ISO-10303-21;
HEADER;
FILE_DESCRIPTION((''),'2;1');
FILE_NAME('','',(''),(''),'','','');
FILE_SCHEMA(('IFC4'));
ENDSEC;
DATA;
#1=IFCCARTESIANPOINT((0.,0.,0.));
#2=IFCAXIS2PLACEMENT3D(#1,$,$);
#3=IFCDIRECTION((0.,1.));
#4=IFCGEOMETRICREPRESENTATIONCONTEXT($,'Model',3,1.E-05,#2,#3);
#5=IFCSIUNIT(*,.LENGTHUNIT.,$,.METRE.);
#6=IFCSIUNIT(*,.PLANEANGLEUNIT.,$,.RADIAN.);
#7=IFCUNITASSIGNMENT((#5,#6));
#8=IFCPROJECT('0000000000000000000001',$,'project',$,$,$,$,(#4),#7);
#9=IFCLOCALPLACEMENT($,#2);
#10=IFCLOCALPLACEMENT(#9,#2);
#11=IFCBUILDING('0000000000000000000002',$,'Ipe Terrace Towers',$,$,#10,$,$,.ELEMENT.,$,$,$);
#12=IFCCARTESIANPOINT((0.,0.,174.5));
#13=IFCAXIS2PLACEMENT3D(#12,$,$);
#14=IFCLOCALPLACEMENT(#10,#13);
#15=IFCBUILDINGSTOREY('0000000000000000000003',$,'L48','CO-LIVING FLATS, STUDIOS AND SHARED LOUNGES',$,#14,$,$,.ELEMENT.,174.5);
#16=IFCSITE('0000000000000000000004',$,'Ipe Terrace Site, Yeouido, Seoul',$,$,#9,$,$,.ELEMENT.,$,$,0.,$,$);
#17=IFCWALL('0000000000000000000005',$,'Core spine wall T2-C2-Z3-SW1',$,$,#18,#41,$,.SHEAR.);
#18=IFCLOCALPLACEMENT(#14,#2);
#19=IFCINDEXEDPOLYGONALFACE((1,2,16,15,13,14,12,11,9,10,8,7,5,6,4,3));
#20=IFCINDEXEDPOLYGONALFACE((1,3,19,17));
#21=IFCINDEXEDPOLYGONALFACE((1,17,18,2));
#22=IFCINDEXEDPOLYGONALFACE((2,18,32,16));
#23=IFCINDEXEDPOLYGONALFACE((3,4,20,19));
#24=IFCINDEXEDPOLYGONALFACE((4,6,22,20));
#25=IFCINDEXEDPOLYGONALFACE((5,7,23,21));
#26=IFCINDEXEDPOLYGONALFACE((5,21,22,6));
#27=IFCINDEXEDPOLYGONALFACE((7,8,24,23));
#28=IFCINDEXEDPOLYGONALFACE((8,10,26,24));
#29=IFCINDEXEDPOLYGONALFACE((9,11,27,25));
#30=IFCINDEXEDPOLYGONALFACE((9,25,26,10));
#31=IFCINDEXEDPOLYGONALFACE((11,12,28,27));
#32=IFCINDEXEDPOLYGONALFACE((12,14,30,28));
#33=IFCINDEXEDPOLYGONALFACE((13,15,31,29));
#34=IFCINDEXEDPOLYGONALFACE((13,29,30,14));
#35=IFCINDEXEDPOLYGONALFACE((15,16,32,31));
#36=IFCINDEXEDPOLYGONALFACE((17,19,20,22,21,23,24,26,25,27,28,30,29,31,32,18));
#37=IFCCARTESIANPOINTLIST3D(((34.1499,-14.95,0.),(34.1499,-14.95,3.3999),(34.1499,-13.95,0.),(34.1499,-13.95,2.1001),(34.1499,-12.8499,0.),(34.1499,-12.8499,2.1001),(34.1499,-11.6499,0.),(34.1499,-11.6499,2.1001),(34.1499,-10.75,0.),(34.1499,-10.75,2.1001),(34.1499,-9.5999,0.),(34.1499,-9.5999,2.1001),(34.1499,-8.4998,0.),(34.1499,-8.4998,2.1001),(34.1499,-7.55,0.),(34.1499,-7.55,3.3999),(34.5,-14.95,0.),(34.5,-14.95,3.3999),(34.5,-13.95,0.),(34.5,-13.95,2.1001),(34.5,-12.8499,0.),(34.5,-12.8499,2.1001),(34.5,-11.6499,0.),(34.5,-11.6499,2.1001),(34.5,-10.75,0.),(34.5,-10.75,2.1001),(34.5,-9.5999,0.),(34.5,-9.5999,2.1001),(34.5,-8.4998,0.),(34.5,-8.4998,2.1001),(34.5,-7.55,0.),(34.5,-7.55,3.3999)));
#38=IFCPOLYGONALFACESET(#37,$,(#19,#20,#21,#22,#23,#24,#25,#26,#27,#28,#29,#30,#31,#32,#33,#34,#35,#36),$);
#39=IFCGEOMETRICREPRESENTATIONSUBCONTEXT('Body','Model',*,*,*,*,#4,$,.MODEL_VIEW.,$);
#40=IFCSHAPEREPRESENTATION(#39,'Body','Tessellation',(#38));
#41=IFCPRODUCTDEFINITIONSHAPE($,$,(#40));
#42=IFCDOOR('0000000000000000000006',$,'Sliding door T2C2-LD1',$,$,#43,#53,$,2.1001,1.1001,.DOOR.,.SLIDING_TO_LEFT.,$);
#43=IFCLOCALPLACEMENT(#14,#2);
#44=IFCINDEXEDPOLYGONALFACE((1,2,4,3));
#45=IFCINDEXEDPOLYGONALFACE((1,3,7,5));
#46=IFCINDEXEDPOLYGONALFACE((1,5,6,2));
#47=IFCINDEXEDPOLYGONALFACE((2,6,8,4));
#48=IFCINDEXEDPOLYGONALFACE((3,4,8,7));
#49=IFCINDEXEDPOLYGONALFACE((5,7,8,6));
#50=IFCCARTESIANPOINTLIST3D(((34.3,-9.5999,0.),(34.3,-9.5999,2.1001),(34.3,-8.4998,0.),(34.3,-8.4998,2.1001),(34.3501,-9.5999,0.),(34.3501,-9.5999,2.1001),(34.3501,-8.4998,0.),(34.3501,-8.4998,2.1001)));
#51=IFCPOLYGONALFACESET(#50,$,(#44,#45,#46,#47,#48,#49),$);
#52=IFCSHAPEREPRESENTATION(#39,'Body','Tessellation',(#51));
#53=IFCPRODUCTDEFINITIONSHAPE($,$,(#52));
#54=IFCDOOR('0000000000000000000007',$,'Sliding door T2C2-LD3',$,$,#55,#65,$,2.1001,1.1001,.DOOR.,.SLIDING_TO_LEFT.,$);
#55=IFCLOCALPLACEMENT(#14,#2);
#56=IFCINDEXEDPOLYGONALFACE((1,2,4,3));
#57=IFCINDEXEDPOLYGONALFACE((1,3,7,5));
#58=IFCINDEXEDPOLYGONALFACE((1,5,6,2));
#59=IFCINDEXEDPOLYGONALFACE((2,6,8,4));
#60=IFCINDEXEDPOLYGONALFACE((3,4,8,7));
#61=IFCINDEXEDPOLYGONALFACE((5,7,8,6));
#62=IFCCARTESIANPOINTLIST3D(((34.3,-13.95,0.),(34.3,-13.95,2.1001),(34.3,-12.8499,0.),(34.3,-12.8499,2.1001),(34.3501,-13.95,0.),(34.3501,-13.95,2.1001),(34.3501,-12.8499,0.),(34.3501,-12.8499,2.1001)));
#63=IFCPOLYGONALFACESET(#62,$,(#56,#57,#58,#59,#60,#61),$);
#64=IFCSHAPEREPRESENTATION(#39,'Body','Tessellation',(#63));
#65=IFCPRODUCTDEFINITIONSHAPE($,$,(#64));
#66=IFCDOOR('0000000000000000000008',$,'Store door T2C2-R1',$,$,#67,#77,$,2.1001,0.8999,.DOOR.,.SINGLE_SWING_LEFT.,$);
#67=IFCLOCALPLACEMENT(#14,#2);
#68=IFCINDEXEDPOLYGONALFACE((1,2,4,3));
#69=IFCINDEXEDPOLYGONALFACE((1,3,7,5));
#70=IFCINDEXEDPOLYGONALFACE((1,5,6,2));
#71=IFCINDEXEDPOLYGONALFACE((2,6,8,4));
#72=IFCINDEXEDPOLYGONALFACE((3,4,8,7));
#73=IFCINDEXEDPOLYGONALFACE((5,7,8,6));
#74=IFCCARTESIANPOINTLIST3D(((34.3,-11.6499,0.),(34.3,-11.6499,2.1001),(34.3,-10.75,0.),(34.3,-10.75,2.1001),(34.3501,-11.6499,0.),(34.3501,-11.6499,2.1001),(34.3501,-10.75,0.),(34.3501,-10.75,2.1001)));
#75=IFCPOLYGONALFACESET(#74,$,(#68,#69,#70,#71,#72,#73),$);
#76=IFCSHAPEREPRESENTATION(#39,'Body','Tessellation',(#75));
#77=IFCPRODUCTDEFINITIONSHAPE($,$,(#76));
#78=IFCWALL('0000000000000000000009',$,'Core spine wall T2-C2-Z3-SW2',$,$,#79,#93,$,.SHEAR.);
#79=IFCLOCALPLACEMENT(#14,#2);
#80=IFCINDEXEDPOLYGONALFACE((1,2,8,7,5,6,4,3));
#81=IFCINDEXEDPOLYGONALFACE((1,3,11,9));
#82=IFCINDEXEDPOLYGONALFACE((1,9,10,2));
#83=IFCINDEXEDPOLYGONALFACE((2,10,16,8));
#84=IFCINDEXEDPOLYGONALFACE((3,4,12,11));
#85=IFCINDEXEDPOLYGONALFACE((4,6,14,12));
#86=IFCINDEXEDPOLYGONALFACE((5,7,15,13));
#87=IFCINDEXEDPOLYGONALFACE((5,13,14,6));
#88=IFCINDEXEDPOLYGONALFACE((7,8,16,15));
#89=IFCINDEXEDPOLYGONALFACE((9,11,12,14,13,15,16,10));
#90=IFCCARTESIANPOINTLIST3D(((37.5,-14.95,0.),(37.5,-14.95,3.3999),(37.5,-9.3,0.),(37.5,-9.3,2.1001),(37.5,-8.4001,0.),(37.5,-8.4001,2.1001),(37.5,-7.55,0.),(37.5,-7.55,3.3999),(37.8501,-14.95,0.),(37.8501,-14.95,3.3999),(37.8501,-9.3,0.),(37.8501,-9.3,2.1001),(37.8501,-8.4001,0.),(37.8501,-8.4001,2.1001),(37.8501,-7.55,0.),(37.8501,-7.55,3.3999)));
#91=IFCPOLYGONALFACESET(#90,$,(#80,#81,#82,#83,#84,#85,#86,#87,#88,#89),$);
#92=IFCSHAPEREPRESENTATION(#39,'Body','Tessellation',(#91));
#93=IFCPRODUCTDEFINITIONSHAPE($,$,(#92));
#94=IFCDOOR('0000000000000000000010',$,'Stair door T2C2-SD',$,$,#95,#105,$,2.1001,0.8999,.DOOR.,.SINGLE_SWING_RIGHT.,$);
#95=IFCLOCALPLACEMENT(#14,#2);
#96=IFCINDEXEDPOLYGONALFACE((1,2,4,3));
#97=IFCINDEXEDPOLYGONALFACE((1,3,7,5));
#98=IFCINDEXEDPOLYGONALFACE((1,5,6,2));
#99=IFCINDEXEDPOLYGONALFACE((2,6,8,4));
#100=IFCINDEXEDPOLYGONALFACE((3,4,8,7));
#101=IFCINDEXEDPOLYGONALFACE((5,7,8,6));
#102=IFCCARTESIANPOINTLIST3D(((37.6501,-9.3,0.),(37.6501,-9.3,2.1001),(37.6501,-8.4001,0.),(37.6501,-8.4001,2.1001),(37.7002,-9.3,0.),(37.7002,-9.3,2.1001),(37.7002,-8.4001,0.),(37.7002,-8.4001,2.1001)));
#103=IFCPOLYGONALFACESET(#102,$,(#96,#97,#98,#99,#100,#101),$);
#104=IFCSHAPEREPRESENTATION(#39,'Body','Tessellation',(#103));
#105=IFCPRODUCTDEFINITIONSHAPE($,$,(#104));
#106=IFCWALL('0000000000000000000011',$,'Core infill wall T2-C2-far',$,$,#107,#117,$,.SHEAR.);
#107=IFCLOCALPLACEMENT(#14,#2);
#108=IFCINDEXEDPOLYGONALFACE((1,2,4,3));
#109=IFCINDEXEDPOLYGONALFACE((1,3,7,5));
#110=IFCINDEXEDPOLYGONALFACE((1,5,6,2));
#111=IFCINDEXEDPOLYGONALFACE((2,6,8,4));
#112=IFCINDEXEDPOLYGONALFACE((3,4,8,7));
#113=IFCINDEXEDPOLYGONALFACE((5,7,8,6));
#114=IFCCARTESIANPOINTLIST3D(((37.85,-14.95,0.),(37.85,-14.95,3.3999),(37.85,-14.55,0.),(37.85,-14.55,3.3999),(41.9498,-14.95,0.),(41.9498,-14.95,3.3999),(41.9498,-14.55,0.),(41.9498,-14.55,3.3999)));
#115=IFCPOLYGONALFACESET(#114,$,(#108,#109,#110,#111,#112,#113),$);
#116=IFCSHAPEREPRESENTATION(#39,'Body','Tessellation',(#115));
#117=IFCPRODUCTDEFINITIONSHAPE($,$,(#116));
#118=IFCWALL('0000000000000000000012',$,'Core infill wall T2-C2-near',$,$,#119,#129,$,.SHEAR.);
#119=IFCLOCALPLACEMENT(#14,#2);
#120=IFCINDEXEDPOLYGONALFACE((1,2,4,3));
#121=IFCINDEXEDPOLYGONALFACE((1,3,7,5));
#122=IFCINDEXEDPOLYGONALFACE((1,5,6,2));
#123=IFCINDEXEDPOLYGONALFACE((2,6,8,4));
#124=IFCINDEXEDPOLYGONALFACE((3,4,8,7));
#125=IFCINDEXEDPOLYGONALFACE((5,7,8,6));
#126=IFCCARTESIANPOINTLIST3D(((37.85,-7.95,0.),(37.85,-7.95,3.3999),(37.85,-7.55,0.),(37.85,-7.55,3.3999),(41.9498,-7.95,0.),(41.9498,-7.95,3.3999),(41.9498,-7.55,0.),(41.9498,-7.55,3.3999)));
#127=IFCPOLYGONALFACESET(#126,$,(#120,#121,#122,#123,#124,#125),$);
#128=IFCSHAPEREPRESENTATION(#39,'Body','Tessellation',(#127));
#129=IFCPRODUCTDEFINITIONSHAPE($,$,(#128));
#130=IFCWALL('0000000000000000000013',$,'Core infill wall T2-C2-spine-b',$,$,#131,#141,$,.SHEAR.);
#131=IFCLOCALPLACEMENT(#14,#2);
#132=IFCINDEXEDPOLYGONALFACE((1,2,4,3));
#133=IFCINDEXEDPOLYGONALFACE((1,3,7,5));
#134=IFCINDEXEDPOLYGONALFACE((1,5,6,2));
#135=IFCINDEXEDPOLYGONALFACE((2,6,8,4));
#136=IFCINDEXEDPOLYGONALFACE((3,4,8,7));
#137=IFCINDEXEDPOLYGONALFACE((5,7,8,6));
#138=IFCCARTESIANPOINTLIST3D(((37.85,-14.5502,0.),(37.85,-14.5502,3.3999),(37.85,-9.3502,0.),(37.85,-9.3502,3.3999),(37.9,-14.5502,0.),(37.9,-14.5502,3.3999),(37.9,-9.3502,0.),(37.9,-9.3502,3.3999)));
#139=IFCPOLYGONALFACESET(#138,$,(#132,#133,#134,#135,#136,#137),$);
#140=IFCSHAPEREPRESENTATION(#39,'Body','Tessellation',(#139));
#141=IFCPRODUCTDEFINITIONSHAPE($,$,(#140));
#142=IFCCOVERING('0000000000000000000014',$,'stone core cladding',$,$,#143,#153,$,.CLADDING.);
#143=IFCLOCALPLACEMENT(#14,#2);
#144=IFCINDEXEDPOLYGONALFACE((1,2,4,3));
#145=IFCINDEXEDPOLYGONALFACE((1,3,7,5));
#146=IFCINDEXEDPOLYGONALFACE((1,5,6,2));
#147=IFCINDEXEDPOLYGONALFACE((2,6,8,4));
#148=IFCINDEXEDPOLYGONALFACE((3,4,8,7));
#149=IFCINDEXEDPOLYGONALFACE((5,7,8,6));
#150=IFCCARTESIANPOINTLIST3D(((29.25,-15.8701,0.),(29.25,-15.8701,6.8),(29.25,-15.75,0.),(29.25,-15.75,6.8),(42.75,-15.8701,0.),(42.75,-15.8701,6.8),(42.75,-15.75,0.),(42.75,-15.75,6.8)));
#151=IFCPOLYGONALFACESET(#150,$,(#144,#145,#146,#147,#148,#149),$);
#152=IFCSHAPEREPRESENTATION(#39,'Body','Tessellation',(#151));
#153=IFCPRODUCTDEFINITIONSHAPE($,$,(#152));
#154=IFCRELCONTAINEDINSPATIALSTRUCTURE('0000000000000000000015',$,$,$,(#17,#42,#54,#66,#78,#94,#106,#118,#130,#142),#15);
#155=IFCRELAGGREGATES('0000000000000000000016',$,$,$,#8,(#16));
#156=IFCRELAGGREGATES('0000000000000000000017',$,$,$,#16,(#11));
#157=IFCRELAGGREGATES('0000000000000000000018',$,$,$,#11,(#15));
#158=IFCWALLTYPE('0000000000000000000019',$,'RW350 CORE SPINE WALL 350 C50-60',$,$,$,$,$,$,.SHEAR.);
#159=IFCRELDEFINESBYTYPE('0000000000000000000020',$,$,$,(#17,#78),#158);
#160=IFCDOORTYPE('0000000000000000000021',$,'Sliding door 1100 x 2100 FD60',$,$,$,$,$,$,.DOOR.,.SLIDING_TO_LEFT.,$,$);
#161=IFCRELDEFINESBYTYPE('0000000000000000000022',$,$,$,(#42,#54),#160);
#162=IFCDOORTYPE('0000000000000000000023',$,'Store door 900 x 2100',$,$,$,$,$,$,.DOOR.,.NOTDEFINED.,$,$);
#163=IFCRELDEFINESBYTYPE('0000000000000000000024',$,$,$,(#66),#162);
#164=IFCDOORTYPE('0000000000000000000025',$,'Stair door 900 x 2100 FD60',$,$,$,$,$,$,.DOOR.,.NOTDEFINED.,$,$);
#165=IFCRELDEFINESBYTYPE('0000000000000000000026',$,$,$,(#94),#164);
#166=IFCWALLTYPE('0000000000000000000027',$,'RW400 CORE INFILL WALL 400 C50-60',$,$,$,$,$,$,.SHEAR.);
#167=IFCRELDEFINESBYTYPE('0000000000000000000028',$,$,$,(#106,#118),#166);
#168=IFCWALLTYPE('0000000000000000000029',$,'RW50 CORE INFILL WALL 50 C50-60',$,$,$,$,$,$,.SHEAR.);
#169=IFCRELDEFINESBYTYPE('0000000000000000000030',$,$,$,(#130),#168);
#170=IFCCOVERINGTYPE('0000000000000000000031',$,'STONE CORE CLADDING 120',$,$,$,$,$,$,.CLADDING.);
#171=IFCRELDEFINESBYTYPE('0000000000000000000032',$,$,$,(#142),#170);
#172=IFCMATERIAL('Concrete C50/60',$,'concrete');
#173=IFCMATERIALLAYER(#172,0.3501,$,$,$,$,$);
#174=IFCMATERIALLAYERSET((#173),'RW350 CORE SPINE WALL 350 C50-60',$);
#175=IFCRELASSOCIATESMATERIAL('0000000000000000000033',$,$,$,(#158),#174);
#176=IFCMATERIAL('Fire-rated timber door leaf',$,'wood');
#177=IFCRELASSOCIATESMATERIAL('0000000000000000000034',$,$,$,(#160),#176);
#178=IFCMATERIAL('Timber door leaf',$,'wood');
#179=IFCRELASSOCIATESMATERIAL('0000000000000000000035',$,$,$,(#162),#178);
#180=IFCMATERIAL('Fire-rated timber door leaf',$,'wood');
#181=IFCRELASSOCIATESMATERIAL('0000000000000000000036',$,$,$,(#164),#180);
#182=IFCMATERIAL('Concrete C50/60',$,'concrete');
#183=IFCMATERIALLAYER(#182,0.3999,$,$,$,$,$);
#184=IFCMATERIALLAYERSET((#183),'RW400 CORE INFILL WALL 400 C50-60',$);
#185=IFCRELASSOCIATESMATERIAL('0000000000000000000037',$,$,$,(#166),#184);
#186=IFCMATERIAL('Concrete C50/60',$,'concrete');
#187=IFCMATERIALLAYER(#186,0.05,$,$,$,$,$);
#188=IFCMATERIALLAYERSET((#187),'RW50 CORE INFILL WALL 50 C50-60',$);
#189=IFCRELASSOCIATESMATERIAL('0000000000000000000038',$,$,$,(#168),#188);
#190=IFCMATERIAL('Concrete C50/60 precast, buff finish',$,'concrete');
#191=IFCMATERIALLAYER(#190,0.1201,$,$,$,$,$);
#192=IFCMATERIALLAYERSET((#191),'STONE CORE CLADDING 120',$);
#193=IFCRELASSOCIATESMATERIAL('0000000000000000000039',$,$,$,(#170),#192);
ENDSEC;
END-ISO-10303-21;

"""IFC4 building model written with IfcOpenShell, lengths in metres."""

from ifc_helpers import new_model, si_unit, direction, frame, frame_2d, origin, origin_2d, place, context, subcontext, project, spatial, rectangle, extrude, material, layer, layer_set, type_object, element, fill, save


model = new_model("IFC4")

# Units and contexts
model_context = context("Model", 3, precision=1e-05, world=origin(), true_north=direction((0.0, 1.0)))
body_context = subcontext(model_context, "Body", "Model", "MODEL_VIEW")
ifc_project = project(units=[si_unit("LENGTHUNIT", "METRE"), si_unit("PLANEANGLEUNIT", "RADIAN")], contexts=[model_context])

# Site, building, storey
site_placement = place(None, origin())
site = spatial("IfcSite", under=ifc_project, at=site_placement, Name="Ipe Terrace Site, Yeouido, Seoul", CompositionType="ELEMENT", RefElevation=0.0)
building_placement = place(site_placement, origin())
building = spatial("IfcBuilding", under=site, at=building_placement, Name="Ipe Terrace Towers", CompositionType="ELEMENT")
storey_placement = place(building_placement, frame((0.0, 0.0, 174.5)))
storey = spatial("IfcBuildingStorey", under=building, at=storey_placement, Name="L48", Description="CO-LIVING FLATS, STUDIOS AND SHARED LOUNGES", CompositionType="ELEMENT", Elevation=174.5)

# Wall, openings, doors
ifc_material_1 = material(Name="Concrete C50/60", Category="concrete")
ifc_layer_1 = layer(ifc_material_1, 0.3501)
ifc_layer_set_1 = layer_set([ifc_layer_1], Name="RW350 CORE SPINE WALL 350 C50-60")
wall_type_1 = type_object("IfcWallType", Name="RW350 CORE SPINE WALL 350 C50-60", PredefinedType="SHEAR", material=ifc_layer_set_1)
wall_1_placement = place(storey_placement, frame((34.325, -14.95, 0.0), z_axis=(0.0, 0.0, 1.0), x_axis=(0.0, 1.0, 0.0)))
wall_1 = element("IfcWall", 1, at=wall_1_placement, inside=storey, type_object=wall_type_1, Name="Core spine wall T2-C2-Z3-SW1", PredefinedType="SHEAR", context=body_context, shape_type="SweptSolid", body=[
    extrude(rectangle(XDim=7.3999, YDim=0.3501, at=frame_2d((3.7, 0.0))), origin(), (0.0, 0.0, 1.0), 3.3999),
])
opening_1_placement = place(wall_1_placement, frame((5.3501, 0.0, 0.0)))
opening_1 = element("IfcOpeningElement", 2, at=opening_1_placement, cuts=wall_1, PredefinedType="OPENING", context=body_context, shape_type="SweptSolid", body=[
    extrude(rectangle(XDim=1.1001, YDim=2.1001, at=frame_2d((0.55, 1.05))), frame((0.0, 0.1851, 0.0), z_axis=(0.0, -1.0, 0.0), x_axis=(1.0, 0.0, 0.0)), (0.0, 0.0, 1.0), 0.3701),
])
opening_2_placement = place(wall_1_placement, frame((1.0, 0.0, 0.0)))
opening_2 = element("IfcOpeningElement", 3, at=opening_2_placement, cuts=wall_1, PredefinedType="OPENING", context=body_context, shape_type="SweptSolid", body=[
    extrude(rectangle(XDim=1.1001, YDim=2.1001, at=frame_2d((0.55, 1.05))), frame((0.0, 0.1851, 0.0), z_axis=(0.0, -1.0, 0.0), x_axis=(1.0, 0.0, 0.0)), (0.0, 0.0, 1.0), 0.3701),
])
opening_3_placement = place(wall_1_placement, frame((3.3, 0.0, 0.0)))
opening_3 = element("IfcOpeningElement", 4, at=opening_3_placement, cuts=wall_1, PredefinedType="OPENING", context=body_context, shape_type="SweptSolid", body=[
    extrude(rectangle(XDim=0.8999, YDim=2.1001, at=frame_2d((0.45, 1.05))), frame((0.0, 0.1851, 0.0), z_axis=(0.0, -1.0, 0.0), x_axis=(1.0, 0.0, 0.0)), (0.0, 0.0, 1.0), 0.3701),
])
ifc_material_2 = material(Name="Fire-rated timber door leaf", Category="wood")
door_type_1 = type_object("IfcDoorType", Name="Sliding door 1100 x 2100 FD60", OperationType="SLIDING_TO_LEFT", PredefinedType="DOOR", material=ifc_material_2)
door_1_placement = place(opening_1_placement, origin())
door_1 = element("IfcDoor", 5, at=door_1_placement, inside=storey, type_object=door_type_1, Name="Sliding door T2C2-LD1", OperationType="SLIDING_TO_LEFT", OverallHeight=2.1001, OverallWidth=1.1001, PredefinedType="DOOR", context=body_context, shape_type="SweptSolid", body=[
    extrude(rectangle(XDim=1.1001, YDim=2.1001, at=frame_2d((0.55, 1.05))), frame((0.0, 0.0249, 0.0), z_axis=(0.0, -1.0, 0.0), x_axis=(1.0, 0.0, 0.0)), (0.0, 0.0, 1.0), 0.05),
])
fill(opening_1, door_1)
door_2_placement = place(opening_2_placement, origin())
door_2 = element("IfcDoor", 6, at=door_2_placement, inside=storey, type_object=door_type_1, Name="Sliding door T2C2-LD3", OperationType="SLIDING_TO_LEFT", OverallHeight=2.1001, OverallWidth=1.1001, PredefinedType="DOOR", context=body_context, shape_type="SweptSolid", body=[
    extrude(rectangle(XDim=1.1001, YDim=2.1001, at=frame_2d((0.55, 1.05))), frame((0.0, 0.0249, 0.0), z_axis=(0.0, -1.0, 0.0), x_axis=(1.0, 0.0, 0.0)), (0.0, 0.0, 1.0), 0.05),
])
fill(opening_2, door_2)
ifc_material_3 = material(Name="Timber door leaf", Category="wood")
door_type_2 = type_object("IfcDoorType", Name="Store door 900 x 2100", OperationType="NOTDEFINED", PredefinedType="DOOR", material=ifc_material_3)
door_3_placement = place(opening_3_placement, origin())
door_3 = element("IfcDoor", 7, at=door_3_placement, inside=storey, type_object=door_type_2, Name="Store door T2C2-R1", OperationType="SINGLE_SWING_LEFT", OverallHeight=2.1001, OverallWidth=0.8999, PredefinedType="DOOR", context=body_context, shape_type="SweptSolid", body=[
    extrude(rectangle(XDim=0.8999, YDim=2.1001, at=frame_2d((0.45, 1.05))), frame((0.0, 0.0249, 0.0), z_axis=(0.0, -1.0, 0.0), x_axis=(1.0, 0.0, 0.0)), (0.0, 0.0, 1.0), 0.05),
])
fill(opening_3, door_3)

# Wall, opening, door
wall_2_placement = place(storey_placement, frame((37.675, -14.95, 0.0), z_axis=(0.0, 0.0, 1.0), x_axis=(0.0, 1.0, 0.0)))
wall_2 = element("IfcWall", 8, at=wall_2_placement, inside=storey, type_object=wall_type_1, Name="Core spine wall T2-C2-Z3-SW2", PredefinedType="SHEAR", context=body_context, shape_type="SweptSolid", body=[
    extrude(rectangle(XDim=7.3999, YDim=0.3501, at=frame_2d((3.7, 0.0))), origin(), (0.0, 0.0, 1.0), 3.3999),
])
opening_4_placement = place(wall_2_placement, frame((5.6499, 0.0, 0.0)))
opening_4 = element("IfcOpeningElement", 9, at=opening_4_placement, cuts=wall_2, PredefinedType="OPENING", context=body_context, shape_type="SweptSolid", body=[
    extrude(rectangle(XDim=0.8999, YDim=2.1001, at=frame_2d((0.45, 1.05))), frame((0.0, 0.1851, 0.0), z_axis=(0.0, -1.0, 0.0), x_axis=(1.0, 0.0, 0.0)), (0.0, 0.0, 1.0), 0.3701),
])
ifc_material_4 = material(Name="Fire-rated timber door leaf", Category="wood")
door_type_3 = type_object("IfcDoorType", Name="Stair door 900 x 2100 FD60", OperationType="NOTDEFINED", PredefinedType="DOOR", material=ifc_material_4)
door_4_placement = place(opening_4_placement, origin())
door_4 = element("IfcDoor", 10, at=door_4_placement, inside=storey, type_object=door_type_3, Name="Stair door T2C2-SD", OperationType="SINGLE_SWING_RIGHT", OverallHeight=2.1001, OverallWidth=0.8999, PredefinedType="DOOR", context=body_context, shape_type="SweptSolid", body=[
    extrude(rectangle(XDim=0.8999, YDim=2.1001, at=frame_2d((0.45, 1.05))), frame((0.0, 0.0249, 0.0), z_axis=(0.0, -1.0, 0.0), x_axis=(1.0, 0.0, 0.0)), (0.0, 0.0, 1.0), 0.05),
])
fill(opening_4, door_4)

# Walls
ifc_material_5 = material(Name="Concrete C50/60", Category="concrete")
ifc_layer_2 = layer(ifc_material_5, 0.3999)
ifc_layer_set_2 = layer_set([ifc_layer_2], Name="RW400 CORE INFILL WALL 400 C50-60")
wall_type_2 = type_object("IfcWallType", Name="RW400 CORE INFILL WALL 400 C50-60", PredefinedType="SHEAR", material=ifc_layer_set_2)
for number, where, z_axis, x_axis, name in (
    (11, (37.8501, -14.75, 0.0), (0.0, 0.0, 1.0), (1.0, 0.0, 0.0), "Core infill wall T2-C2-far"),
    (12, (37.8501, -7.75, 0.0), (0.0, 0.0, 1.0), (1.0, 0.0, 0.0), "Core infill wall T2-C2-near"),
):
    element("IfcWall", number, at=place(storey_placement, frame(where, z_axis=z_axis, x_axis=x_axis)), inside=storey, type_object=wall_type_2, Name=name, PredefinedType="SHEAR", context=body_context, shape_type="SweptSolid", body=[
        extrude(rectangle(XDim=4.0999, YDim=0.3999, at=frame_2d((2.0498, 0.0))), origin(), (0.0, 0.0, 1.0), 3.3999),
    ])
ifc_material_6 = material(Name="Concrete C50/60", Category="concrete")
ifc_layer_3 = layer(ifc_material_6, 0.05)
ifc_layer_set_3 = layer_set([ifc_layer_3], Name="RW50 CORE INFILL WALL 50 C50-60")
wall_type_3 = type_object("IfcWallType", Name="RW50 CORE INFILL WALL 50 C50-60", PredefinedType="SHEAR", material=ifc_layer_set_3)
wall_3_placement = place(storey_placement, frame((37.875, -9.3501, 0.0), z_axis=(0.0, 0.0, 1.0), x_axis=(0.0, -1.0, 0.0)))
element("IfcWall", 13, at=wall_3_placement, inside=storey, type_object=wall_type_3, Name="Core infill wall T2-C2-spine-b", PredefinedType="SHEAR", context=body_context, shape_type="SweptSolid", body=[
    extrude(rectangle(XDim=5.2, YDim=0.05, at=frame_2d((2.6001, 0.0))), origin(), (0.0, 0.0, 1.0), 3.3999),
])

# Covering
ifc_material_7 = material(Name="Concrete C50/60 precast, buff finish", Category="concrete")
ifc_layer_4 = layer(ifc_material_7, 0.1201)
ifc_layer_set_4 = layer_set([ifc_layer_4], Name="STONE CORE CLADDING 120")
covering_type = type_object("IfcCoveringType", Name="STONE CORE CLADDING 120", PredefinedType="CLADDING", material=ifc_layer_set_4)
covering_placement = place(storey_placement, frame((36.0, -15.8101, 0.0), z_axis=(0.0, 0.0, 1.0), x_axis=(1.0, 0.0, 0.0)))
element("IfcCovering", 14, at=covering_placement, inside=storey, type_object=covering_type, Name="stone core cladding", PredefinedType="CLADDING", context=body_context, shape_type="SweptSolid", body=[
    extrude(rectangle(XDim=13.5, YDim=0.1201, at=origin_2d()), origin(), (0.0, 0.0, 1.0), 6.8),
])

save(model, "model.ifc")
